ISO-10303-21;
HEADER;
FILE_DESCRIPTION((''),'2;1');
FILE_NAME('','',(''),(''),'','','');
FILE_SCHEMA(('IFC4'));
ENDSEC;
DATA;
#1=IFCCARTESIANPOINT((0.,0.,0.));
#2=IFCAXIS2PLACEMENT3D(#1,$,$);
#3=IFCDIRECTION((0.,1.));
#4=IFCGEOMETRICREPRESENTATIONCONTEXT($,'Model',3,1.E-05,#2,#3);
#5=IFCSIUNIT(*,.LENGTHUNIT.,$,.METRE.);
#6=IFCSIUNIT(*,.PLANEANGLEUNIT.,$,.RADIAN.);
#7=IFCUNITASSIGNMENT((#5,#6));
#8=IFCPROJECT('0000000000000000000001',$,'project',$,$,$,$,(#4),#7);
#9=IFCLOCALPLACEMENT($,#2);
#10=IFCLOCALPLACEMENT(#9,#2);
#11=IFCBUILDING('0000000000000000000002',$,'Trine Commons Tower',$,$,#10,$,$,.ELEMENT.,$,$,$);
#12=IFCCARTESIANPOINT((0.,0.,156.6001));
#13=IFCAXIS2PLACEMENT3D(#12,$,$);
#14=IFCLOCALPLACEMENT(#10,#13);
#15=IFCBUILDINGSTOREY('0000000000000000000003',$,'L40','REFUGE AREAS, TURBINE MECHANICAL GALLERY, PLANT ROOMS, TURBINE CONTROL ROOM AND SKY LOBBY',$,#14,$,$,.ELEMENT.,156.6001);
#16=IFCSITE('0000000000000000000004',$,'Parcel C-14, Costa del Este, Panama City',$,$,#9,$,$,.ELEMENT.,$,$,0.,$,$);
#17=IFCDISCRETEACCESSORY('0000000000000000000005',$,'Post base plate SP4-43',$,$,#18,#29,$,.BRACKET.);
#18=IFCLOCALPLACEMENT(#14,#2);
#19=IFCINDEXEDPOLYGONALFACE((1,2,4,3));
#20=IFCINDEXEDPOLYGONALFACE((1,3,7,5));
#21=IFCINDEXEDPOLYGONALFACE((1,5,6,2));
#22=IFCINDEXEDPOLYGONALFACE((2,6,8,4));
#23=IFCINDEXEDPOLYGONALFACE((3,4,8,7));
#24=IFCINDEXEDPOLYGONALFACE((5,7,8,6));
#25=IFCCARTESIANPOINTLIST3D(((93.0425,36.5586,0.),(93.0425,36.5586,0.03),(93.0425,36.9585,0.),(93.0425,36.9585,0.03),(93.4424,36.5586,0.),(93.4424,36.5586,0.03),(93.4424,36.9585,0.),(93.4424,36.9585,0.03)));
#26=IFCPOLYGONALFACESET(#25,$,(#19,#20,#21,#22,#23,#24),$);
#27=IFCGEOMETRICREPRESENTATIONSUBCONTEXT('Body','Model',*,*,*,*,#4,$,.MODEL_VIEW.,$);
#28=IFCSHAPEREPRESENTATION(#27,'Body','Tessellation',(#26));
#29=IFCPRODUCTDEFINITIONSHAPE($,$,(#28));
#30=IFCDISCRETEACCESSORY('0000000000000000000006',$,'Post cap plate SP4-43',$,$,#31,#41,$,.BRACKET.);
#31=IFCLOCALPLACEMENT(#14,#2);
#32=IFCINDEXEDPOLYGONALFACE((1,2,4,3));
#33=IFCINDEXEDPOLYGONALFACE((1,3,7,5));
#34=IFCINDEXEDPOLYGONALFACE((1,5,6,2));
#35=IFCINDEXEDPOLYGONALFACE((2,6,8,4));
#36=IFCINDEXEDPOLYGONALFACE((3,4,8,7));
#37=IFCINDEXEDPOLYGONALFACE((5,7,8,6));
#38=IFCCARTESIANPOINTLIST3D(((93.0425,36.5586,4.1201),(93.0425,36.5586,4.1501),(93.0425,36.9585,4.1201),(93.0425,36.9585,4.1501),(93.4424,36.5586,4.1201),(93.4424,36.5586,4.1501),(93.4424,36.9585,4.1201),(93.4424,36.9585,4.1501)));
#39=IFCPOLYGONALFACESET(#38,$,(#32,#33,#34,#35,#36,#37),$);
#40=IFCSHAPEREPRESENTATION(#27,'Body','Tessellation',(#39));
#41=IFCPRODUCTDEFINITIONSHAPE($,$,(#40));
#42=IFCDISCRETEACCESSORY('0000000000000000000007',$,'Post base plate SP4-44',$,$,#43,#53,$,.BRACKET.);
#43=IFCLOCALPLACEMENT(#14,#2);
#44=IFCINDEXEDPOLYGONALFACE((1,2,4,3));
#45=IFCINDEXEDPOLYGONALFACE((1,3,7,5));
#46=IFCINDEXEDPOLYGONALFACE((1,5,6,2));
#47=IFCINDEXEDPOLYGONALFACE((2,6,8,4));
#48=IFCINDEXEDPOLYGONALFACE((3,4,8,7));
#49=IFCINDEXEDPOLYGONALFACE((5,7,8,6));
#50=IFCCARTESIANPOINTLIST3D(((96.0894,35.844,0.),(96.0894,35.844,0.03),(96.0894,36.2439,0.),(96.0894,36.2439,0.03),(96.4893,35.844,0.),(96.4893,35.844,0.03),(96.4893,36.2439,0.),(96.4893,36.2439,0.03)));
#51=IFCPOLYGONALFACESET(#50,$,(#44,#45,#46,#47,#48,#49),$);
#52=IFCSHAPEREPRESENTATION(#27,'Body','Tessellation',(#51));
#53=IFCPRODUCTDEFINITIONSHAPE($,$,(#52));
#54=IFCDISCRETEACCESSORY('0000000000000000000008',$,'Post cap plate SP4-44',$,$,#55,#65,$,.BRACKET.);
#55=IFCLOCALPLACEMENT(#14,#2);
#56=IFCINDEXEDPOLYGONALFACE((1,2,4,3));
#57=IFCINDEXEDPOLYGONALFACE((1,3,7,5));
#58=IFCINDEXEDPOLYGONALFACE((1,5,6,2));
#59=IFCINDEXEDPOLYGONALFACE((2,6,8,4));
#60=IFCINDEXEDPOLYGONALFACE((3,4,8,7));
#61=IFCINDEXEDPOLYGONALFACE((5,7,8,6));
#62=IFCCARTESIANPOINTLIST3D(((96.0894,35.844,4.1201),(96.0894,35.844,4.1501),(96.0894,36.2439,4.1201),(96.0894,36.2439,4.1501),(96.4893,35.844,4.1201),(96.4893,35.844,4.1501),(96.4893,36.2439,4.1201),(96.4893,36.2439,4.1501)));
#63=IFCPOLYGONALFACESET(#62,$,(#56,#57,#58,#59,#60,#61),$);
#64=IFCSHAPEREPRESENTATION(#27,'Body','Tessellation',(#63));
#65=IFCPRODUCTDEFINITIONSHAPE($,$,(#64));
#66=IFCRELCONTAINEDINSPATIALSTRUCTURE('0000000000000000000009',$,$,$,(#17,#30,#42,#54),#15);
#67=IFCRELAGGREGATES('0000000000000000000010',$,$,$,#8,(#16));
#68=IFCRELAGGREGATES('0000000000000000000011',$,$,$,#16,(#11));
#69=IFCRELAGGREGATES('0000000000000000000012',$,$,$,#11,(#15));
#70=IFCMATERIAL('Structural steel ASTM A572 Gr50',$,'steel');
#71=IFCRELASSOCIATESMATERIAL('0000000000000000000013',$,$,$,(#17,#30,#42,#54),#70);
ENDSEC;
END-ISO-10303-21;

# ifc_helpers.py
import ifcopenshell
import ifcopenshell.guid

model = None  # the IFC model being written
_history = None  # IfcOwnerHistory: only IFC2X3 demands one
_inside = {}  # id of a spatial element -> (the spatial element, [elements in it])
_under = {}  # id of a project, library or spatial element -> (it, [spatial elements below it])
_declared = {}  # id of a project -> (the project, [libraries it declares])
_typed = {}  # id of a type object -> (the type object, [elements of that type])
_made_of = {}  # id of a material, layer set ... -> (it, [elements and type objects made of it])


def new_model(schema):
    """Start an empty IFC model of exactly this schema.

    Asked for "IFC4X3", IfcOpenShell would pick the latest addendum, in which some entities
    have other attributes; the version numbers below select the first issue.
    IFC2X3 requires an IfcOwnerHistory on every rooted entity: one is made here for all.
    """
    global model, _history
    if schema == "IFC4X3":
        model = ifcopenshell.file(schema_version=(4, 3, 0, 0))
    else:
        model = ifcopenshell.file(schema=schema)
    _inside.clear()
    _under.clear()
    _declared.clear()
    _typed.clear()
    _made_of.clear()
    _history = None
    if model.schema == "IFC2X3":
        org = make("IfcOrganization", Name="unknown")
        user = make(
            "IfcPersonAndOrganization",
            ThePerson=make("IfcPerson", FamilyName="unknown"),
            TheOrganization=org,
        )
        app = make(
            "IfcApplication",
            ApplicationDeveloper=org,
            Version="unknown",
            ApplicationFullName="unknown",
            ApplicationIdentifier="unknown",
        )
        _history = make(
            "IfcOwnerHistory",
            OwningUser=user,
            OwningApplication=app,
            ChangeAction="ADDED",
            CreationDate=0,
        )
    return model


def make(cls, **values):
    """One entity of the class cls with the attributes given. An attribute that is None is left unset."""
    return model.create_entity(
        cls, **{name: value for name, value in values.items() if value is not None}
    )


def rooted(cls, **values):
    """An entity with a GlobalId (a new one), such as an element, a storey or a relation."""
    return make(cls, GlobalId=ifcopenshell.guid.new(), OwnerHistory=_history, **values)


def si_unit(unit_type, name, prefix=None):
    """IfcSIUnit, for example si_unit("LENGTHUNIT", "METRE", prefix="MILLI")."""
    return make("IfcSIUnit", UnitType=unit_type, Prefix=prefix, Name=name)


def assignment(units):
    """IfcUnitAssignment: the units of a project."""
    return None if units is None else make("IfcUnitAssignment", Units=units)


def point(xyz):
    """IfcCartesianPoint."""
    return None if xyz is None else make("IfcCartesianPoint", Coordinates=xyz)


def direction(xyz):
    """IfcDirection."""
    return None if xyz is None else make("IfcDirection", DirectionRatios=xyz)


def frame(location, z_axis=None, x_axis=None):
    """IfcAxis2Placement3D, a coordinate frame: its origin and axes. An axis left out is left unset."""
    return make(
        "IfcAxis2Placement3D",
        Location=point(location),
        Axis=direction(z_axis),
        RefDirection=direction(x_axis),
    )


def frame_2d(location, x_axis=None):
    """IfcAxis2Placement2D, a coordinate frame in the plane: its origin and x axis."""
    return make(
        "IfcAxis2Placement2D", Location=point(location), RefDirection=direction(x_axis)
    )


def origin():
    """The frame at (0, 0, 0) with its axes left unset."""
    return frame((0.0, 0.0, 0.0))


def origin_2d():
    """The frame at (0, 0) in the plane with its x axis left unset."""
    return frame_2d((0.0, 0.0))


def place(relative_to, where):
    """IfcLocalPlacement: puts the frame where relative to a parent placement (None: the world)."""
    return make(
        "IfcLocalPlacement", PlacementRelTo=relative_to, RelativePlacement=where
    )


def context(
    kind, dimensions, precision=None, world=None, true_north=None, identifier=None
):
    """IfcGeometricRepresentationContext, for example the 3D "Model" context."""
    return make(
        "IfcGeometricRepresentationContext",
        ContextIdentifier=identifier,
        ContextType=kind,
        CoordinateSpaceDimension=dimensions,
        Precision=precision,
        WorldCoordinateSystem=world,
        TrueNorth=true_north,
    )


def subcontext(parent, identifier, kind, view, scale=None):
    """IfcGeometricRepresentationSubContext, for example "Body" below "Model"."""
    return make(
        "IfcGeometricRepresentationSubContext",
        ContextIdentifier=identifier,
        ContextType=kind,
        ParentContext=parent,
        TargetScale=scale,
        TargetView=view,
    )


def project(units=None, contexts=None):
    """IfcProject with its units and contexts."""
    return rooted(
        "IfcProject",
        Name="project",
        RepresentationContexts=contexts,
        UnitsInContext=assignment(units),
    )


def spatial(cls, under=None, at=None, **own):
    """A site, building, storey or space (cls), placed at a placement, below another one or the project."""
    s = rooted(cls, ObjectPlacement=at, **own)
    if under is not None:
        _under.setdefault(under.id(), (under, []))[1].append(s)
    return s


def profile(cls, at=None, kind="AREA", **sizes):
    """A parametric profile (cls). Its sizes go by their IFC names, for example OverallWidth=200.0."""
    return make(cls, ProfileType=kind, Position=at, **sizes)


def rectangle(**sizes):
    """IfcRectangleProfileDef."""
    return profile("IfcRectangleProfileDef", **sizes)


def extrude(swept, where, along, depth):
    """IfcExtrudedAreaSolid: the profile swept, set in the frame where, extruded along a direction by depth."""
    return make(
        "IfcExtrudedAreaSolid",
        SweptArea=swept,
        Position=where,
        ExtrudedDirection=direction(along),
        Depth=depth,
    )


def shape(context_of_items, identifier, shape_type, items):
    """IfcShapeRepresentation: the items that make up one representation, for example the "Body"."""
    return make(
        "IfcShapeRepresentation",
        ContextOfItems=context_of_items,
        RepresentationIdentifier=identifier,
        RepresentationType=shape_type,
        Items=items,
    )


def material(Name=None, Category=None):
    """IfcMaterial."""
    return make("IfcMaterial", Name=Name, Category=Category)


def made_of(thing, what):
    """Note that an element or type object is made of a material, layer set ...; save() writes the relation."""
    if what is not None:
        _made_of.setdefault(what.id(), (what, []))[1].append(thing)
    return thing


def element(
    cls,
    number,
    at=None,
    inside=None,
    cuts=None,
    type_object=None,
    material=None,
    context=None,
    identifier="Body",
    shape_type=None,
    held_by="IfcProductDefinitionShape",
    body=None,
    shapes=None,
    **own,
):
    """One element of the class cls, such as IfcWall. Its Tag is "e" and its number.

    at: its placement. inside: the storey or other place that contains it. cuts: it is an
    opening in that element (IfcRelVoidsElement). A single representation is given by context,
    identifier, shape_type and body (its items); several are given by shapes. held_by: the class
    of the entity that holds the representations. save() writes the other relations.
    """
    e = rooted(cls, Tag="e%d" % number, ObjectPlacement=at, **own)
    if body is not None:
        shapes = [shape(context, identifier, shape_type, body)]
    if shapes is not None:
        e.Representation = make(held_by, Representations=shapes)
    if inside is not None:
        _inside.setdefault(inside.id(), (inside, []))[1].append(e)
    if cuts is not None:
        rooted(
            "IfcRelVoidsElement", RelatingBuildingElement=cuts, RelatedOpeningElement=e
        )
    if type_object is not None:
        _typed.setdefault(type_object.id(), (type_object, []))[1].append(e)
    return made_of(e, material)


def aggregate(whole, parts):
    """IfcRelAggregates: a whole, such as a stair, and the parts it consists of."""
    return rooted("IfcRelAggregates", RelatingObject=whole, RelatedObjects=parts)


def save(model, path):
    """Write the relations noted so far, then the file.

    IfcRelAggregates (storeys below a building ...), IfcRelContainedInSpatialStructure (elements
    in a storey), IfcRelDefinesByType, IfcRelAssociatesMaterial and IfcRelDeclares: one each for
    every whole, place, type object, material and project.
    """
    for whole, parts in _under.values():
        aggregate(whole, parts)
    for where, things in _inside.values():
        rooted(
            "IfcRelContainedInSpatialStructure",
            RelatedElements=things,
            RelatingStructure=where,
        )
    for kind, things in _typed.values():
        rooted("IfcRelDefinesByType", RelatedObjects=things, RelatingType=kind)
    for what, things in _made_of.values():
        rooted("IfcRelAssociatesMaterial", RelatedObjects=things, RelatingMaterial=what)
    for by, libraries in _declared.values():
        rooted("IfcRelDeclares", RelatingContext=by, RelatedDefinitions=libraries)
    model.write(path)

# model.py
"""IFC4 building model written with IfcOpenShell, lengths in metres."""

from ifc_helpers import new_model, si_unit, direction, frame, origin, origin_2d, place, context, subcontext, project, spatial, rectangle, extrude, material, element, save


model = new_model("IFC4")

# Units and contexts
model_context = context("Model", 3, precision=1e-05, world=origin(), true_north=direction((0.0, 1.0)))
body_context = subcontext(model_context, "Body", "Model", "MODEL_VIEW")
ifc_project = project(units=[si_unit("LENGTHUNIT", "METRE"), si_unit("PLANEANGLEUNIT", "RADIAN")], contexts=[model_context])

# Site, building, storey
site_placement = place(None, origin())
site = spatial("IfcSite", under=ifc_project, at=site_placement, Name="Parcel C-14, Costa del Este, Panama City", CompositionType="ELEMENT", RefElevation=0.0)
building_placement = place(site_placement, origin())
building = spatial("IfcBuilding", under=site, at=building_placement, Name="Trine Commons Tower", CompositionType="ELEMENT")
storey_placement = place(building_placement, frame((0.0, 0.0, 156.6001)))
storey = spatial("IfcBuildingStorey", under=building, at=storey_placement, Name="L40", Description="REFUGE AREAS, TURBINE MECHANICAL GALLERY, PLANT ROOMS, TURBINE CONTROL ROOM AND SKY LOBBY", CompositionType="ELEMENT", Elevation=156.6001)

# Discrete accessories
ifc_material_1 = material(Name="Structural steel ASTM A572 Gr50", Category="steel")
for number, where, z_axis, x_axis, name in (
    (1, (93.2424, 36.7585, 0.0), (0.0, 0.0, 1.0), (1.0, 0.0, 0.0), "Post base plate SP4-43"),
    (2, (93.2424, 36.7585, 4.1201), (0.0, 0.0, 1.0), (1.0, 0.0, 0.0), "Post cap plate SP4-43"),
    (3, (96.2893, 36.0439, 0.0), (0.0, 0.0, 1.0), (1.0, 0.0, 0.0), "Post base plate SP4-44"),
    (4, (96.2893, 36.0439, 4.1201), (0.0, 0.0, 1.0), (1.0, 0.0, 0.0), "Post cap plate SP4-44"),
):
    element("IfcDiscreteAccessory", number, at=place(storey_placement, frame(where, z_axis=z_axis, x_axis=x_axis)), inside=storey, material=ifc_material_1, Name=name, PredefinedType="BRACKET", context=body_context, shape_type="SweptSolid", body=[
        extrude(rectangle(XDim=0.3999, YDim=0.3999, at=origin_2d()), origin(), (0.0, 0.0, 1.0), 0.03),
    ])

save(model, "model.ifc")
